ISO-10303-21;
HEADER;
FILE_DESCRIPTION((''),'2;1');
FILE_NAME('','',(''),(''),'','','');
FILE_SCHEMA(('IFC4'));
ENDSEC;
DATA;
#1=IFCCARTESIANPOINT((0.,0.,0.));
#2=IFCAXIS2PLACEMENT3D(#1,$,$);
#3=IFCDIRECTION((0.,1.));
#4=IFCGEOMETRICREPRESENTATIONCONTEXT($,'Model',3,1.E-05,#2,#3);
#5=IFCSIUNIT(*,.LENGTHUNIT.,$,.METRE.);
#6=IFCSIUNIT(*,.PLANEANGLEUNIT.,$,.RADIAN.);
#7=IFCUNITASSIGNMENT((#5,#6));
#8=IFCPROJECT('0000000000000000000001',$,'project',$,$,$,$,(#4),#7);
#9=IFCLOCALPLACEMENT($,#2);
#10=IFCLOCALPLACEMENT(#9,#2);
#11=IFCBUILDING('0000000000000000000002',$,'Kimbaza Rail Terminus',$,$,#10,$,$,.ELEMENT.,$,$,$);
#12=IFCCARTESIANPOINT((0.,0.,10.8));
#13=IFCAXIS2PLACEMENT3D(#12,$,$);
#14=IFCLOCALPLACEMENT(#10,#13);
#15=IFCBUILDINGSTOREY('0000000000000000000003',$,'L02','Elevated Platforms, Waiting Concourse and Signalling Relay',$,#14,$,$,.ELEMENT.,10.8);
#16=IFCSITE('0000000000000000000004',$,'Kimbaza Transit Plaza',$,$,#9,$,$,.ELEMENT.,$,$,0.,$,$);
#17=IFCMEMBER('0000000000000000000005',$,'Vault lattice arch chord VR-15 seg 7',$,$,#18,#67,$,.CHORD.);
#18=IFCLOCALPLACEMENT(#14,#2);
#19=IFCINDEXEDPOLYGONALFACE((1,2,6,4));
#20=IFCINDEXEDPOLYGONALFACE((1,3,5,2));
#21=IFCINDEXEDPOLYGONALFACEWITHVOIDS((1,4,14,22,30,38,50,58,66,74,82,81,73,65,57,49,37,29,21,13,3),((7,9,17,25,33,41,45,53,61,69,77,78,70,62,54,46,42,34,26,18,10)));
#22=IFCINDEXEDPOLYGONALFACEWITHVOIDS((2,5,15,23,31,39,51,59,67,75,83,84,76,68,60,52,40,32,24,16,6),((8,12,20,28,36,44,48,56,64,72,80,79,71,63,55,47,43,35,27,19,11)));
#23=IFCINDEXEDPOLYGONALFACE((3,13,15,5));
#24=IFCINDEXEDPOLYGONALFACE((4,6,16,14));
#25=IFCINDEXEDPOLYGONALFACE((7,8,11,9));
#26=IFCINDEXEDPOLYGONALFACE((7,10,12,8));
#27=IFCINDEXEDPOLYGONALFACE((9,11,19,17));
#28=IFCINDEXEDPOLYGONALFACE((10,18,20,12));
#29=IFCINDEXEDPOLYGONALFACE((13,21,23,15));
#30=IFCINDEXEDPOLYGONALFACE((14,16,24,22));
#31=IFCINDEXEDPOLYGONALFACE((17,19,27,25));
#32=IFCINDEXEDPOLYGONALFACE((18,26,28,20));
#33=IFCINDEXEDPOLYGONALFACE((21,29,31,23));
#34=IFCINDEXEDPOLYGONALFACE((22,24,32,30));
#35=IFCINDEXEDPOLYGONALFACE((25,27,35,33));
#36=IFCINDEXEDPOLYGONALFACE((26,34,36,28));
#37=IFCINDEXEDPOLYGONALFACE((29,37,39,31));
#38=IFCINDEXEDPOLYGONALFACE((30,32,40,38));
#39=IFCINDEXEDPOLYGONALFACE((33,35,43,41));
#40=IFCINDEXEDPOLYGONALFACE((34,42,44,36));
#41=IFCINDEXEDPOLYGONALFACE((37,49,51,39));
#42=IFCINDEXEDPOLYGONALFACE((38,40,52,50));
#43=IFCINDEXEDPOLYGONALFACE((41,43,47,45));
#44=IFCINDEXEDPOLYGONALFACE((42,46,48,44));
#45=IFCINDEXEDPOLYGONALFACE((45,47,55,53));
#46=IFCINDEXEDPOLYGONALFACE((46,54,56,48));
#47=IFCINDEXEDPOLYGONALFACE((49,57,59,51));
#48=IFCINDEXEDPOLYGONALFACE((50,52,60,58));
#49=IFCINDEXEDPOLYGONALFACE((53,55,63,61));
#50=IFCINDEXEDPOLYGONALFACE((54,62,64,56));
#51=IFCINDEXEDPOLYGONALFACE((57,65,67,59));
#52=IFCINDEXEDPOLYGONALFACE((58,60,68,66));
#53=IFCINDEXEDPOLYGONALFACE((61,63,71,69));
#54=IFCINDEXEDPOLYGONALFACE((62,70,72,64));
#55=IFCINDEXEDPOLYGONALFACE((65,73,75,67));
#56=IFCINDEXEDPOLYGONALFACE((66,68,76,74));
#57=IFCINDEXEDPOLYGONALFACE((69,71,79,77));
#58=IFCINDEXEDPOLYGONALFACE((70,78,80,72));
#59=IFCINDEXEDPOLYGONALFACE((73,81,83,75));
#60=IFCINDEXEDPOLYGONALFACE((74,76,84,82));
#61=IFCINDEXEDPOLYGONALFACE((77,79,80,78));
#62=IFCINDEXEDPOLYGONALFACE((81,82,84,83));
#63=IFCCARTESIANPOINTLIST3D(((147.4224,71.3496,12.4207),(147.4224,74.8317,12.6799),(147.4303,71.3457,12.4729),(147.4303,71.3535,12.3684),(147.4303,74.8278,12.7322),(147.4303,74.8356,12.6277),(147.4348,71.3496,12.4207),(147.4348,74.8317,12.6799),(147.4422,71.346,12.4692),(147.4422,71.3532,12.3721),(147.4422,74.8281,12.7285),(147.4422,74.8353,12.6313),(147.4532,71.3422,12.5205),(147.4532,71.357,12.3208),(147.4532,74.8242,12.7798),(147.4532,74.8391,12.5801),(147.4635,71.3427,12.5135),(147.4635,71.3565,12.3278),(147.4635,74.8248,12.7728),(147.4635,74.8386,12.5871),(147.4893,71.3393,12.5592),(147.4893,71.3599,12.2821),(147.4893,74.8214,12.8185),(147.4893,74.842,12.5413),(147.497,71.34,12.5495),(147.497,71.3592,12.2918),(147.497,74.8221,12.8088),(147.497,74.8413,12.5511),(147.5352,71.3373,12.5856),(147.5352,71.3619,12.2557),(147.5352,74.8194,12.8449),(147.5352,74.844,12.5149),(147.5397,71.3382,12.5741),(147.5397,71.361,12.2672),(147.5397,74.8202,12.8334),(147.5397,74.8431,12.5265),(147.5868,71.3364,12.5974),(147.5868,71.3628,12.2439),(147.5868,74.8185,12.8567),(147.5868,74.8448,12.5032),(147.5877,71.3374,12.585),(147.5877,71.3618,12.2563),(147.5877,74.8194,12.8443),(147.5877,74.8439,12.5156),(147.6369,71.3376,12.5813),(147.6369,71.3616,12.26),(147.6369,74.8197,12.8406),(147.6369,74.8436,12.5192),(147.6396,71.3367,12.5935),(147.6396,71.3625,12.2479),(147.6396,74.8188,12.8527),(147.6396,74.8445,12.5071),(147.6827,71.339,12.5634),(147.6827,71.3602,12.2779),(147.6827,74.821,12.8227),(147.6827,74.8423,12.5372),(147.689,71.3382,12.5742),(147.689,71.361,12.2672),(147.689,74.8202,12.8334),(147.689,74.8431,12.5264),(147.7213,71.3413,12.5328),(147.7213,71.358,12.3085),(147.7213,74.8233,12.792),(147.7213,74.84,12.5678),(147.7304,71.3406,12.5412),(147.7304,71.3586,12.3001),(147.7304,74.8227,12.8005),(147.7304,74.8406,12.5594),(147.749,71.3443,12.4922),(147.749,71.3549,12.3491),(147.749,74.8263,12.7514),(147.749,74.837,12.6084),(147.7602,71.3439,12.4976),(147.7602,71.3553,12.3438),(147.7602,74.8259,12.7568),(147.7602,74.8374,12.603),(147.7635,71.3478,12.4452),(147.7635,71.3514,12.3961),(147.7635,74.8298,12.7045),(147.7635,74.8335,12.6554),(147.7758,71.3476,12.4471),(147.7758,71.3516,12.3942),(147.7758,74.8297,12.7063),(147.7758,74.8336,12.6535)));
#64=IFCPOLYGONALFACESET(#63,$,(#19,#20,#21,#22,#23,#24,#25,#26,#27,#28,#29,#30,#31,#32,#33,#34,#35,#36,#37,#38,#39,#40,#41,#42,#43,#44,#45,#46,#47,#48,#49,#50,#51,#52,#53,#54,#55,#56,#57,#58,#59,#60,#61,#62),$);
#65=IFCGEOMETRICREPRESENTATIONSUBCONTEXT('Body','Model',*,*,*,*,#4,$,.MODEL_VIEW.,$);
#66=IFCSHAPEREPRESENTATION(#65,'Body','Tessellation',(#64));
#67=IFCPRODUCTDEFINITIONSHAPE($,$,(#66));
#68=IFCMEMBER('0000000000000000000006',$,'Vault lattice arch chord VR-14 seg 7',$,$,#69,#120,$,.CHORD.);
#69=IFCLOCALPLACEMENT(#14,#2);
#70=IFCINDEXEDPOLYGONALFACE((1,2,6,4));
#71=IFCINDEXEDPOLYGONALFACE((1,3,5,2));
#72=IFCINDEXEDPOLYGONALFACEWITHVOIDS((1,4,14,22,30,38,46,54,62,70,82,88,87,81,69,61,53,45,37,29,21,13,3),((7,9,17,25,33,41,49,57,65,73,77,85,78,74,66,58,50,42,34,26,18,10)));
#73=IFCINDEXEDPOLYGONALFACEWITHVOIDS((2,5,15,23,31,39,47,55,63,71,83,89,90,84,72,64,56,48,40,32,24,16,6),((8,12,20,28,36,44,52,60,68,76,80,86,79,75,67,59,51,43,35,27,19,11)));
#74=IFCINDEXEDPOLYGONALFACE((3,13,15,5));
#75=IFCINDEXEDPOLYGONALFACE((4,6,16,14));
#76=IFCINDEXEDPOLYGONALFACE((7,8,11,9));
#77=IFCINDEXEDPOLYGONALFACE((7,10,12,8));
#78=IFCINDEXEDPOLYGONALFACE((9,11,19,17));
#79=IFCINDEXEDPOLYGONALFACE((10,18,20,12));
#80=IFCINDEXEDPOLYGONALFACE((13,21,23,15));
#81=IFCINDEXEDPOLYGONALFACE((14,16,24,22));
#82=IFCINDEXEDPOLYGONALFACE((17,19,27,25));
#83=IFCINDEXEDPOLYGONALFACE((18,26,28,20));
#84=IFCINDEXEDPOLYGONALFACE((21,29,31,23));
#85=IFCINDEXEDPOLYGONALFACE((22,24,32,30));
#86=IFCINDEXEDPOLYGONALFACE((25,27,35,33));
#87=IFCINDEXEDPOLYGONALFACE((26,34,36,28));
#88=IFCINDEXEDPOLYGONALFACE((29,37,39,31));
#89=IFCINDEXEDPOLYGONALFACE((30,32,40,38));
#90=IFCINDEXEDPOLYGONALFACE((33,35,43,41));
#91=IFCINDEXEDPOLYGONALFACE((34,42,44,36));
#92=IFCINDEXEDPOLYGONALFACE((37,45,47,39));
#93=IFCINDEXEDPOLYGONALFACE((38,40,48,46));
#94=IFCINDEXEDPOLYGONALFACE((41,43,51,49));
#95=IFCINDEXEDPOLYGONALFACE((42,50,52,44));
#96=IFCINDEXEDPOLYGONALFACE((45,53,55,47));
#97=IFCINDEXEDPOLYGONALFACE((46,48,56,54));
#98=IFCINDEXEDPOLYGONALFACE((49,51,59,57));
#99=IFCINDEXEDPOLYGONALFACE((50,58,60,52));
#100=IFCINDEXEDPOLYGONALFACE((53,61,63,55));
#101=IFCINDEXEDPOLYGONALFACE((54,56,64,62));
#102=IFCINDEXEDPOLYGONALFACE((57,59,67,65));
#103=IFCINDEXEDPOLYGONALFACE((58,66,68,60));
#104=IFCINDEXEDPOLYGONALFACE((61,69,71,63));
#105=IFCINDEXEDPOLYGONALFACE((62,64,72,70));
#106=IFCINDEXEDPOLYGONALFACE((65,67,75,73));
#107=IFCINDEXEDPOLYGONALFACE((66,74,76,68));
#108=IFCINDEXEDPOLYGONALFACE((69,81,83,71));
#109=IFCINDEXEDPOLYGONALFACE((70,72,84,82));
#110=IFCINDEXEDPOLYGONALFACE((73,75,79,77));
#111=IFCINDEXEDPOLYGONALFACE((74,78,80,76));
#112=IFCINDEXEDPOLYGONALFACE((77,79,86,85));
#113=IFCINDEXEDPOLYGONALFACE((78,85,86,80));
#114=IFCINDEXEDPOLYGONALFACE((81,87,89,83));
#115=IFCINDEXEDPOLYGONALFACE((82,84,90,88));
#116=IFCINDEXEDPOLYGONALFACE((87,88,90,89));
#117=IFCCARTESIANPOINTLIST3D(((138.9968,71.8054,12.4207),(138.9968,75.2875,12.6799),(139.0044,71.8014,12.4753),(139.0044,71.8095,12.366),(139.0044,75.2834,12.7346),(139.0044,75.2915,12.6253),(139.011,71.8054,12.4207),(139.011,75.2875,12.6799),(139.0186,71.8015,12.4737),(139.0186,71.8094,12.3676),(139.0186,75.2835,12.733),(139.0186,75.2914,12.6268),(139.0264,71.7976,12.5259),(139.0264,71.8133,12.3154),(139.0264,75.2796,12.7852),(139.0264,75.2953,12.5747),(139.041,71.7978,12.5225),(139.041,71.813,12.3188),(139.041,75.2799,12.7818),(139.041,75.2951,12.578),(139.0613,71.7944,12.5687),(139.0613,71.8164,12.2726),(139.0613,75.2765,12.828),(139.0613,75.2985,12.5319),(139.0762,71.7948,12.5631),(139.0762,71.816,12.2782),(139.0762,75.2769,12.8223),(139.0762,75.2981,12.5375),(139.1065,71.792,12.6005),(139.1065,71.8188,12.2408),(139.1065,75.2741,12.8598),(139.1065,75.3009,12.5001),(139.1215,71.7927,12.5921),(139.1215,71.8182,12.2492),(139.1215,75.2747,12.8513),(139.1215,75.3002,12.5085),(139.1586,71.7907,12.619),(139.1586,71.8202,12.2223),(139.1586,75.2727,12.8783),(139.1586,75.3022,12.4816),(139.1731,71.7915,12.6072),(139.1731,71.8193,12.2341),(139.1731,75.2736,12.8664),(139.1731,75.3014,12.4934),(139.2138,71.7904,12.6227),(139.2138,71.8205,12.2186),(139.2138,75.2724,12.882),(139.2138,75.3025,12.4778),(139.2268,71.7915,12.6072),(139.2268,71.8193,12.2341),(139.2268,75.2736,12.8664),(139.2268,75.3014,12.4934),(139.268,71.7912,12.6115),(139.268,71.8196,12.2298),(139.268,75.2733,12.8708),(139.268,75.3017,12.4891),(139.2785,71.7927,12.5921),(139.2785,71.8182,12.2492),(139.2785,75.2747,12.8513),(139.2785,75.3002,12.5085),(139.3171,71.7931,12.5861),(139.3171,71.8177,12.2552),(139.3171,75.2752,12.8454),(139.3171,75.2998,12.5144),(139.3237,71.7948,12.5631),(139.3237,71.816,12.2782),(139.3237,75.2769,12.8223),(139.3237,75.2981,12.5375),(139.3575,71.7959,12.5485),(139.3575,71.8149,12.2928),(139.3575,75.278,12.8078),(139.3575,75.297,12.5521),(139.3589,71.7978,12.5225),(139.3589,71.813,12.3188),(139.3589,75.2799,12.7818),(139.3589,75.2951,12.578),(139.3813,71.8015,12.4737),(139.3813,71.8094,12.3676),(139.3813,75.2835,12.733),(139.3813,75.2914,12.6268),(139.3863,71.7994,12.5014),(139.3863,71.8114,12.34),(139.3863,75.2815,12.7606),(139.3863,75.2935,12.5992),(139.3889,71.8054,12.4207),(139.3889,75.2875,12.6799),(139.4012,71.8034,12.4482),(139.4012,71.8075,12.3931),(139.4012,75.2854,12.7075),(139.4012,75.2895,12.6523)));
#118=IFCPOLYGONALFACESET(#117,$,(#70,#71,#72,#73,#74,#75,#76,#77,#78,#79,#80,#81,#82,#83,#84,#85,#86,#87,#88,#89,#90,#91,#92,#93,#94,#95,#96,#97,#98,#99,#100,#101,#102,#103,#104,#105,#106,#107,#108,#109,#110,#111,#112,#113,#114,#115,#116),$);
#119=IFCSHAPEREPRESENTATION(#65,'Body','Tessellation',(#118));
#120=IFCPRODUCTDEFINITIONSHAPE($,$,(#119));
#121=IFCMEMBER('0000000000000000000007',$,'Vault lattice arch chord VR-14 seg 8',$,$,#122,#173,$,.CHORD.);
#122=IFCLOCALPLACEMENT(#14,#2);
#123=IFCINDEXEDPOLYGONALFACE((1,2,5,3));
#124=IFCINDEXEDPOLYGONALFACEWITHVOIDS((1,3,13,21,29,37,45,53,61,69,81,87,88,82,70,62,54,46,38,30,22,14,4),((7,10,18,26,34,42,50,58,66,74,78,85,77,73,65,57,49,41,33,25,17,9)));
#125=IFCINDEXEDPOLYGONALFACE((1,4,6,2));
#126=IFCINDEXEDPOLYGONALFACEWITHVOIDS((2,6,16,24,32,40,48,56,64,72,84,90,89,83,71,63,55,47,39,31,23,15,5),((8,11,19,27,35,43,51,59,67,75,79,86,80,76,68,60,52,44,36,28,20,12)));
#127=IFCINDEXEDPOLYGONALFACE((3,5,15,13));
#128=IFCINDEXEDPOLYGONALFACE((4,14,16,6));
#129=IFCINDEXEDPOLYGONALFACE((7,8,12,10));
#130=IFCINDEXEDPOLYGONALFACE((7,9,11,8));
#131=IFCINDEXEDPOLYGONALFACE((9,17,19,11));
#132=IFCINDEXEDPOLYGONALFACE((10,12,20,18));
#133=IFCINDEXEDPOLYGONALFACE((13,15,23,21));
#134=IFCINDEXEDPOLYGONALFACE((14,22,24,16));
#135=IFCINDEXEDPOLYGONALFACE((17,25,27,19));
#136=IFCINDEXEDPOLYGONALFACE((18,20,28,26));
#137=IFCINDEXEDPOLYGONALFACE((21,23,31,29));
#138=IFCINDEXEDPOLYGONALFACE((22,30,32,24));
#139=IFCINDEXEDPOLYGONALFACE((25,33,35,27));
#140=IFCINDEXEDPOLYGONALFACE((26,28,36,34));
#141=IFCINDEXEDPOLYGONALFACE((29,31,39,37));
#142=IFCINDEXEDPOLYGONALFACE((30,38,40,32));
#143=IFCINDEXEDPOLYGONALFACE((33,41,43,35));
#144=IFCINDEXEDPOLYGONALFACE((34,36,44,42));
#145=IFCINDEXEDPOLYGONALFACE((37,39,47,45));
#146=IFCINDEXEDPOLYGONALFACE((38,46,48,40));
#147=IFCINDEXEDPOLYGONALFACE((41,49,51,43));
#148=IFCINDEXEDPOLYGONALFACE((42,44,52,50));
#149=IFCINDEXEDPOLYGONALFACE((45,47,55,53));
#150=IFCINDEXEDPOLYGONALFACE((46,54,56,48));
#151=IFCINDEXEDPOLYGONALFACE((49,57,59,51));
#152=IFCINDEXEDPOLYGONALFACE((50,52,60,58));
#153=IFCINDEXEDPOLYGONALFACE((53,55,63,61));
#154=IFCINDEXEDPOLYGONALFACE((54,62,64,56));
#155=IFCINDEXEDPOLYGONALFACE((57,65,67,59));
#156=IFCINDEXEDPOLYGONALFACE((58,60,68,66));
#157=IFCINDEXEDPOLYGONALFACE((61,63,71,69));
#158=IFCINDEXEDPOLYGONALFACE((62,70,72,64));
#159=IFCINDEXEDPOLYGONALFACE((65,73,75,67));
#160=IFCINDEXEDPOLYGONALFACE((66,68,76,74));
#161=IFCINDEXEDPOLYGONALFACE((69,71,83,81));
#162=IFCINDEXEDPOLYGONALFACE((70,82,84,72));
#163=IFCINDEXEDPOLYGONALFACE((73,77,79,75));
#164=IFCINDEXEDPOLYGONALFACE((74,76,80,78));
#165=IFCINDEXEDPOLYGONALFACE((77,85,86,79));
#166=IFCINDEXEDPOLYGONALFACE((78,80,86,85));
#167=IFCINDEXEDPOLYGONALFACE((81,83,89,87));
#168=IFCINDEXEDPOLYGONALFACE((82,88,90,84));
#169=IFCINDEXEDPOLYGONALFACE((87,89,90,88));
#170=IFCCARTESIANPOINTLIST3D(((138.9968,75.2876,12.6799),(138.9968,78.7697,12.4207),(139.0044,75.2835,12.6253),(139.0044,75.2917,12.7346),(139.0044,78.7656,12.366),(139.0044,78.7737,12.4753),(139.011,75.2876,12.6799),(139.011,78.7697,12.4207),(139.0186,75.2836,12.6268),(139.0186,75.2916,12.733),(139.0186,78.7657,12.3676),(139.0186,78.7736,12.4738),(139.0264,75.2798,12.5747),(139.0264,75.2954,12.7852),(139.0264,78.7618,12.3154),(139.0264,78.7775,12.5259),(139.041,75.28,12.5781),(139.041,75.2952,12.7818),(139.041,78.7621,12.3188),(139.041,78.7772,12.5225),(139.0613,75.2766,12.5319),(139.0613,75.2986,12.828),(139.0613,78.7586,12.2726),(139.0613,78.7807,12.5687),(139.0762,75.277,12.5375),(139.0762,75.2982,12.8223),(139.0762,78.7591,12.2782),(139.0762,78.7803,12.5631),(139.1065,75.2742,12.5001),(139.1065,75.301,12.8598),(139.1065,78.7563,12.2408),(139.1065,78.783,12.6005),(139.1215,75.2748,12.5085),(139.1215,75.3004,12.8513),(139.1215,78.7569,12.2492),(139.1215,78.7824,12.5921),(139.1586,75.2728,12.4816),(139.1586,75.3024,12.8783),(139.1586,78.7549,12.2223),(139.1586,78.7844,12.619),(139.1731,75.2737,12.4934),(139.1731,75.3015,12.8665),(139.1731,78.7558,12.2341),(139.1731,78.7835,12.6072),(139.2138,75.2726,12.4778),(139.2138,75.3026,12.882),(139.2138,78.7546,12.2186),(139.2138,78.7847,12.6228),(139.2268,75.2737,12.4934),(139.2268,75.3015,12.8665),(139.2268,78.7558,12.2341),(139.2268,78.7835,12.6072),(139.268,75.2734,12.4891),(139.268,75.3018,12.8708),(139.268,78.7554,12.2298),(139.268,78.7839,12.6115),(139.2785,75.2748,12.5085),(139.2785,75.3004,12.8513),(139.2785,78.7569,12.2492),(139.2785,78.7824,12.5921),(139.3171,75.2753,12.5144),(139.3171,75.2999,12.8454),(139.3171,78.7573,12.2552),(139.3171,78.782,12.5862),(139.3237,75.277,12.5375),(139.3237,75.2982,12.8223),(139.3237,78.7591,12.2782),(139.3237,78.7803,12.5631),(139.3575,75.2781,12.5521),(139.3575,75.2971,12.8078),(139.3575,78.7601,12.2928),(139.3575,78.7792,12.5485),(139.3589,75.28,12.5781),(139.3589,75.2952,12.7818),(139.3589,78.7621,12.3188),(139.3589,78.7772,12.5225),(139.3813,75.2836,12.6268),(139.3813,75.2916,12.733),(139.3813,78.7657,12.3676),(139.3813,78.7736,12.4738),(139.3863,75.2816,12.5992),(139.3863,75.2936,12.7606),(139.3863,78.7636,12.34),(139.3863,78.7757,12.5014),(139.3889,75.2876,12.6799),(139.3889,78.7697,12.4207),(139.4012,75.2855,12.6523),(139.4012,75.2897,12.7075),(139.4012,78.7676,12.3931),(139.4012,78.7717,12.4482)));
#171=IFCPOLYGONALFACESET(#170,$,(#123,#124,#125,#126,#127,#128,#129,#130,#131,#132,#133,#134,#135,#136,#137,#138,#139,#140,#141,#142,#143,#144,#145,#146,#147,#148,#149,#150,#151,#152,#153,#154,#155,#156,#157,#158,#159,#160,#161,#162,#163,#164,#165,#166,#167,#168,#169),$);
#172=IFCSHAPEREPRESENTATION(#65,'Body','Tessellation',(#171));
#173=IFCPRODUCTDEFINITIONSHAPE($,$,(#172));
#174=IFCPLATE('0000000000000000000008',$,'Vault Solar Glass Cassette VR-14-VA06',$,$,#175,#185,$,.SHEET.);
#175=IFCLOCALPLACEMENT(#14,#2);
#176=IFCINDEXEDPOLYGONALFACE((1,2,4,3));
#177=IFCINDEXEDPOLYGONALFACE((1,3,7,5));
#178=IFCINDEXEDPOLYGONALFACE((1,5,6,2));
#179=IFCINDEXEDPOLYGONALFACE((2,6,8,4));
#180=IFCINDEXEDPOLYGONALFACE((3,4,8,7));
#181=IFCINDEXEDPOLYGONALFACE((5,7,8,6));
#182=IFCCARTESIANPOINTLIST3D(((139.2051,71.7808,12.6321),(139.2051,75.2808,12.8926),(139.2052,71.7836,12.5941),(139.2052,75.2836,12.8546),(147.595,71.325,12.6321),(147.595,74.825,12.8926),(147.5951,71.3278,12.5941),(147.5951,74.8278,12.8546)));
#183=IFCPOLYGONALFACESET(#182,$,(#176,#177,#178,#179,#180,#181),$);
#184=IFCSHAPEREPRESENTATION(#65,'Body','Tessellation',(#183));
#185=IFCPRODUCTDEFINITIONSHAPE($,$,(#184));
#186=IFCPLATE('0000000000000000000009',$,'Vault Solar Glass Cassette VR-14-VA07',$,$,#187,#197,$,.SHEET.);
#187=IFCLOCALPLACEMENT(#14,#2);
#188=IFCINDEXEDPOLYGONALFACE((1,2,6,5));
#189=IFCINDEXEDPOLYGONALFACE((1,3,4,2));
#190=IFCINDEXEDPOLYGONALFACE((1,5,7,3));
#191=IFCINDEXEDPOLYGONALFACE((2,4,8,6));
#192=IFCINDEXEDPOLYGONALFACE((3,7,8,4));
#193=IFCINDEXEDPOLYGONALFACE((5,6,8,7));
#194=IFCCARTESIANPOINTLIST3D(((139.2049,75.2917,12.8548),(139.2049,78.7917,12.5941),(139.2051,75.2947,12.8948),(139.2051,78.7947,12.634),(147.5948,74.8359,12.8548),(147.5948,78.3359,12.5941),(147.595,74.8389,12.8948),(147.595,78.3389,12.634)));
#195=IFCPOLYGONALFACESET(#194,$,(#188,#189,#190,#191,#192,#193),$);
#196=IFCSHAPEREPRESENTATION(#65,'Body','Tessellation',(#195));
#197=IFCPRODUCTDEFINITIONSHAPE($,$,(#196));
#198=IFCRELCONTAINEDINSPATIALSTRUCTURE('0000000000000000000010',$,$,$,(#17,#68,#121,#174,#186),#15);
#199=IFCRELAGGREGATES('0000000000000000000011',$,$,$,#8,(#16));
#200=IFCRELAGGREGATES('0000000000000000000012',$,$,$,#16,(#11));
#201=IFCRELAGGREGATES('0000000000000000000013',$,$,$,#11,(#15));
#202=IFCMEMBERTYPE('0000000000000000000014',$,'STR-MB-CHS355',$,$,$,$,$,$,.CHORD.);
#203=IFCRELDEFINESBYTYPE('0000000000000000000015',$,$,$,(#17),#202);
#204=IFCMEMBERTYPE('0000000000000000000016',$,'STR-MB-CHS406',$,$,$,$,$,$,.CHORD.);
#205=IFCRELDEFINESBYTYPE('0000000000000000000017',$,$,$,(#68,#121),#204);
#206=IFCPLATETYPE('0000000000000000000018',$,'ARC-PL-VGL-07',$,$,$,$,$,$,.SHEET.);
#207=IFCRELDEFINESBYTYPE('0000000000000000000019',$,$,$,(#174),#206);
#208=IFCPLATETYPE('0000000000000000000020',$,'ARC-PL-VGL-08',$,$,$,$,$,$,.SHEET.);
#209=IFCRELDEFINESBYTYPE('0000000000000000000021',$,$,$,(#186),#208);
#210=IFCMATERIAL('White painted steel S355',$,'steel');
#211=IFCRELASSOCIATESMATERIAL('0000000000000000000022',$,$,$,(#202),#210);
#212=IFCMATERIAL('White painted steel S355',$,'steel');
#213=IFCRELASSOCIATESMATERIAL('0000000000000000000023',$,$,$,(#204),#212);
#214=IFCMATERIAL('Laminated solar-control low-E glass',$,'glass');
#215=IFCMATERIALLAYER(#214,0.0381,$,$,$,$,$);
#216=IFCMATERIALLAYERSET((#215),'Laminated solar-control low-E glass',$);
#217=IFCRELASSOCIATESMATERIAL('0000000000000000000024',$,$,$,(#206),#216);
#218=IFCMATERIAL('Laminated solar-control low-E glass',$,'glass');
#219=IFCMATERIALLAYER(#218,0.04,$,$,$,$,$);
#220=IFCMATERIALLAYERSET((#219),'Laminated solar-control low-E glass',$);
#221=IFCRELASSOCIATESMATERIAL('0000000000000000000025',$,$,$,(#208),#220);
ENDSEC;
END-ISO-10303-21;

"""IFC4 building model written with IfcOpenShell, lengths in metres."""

from ifc_helpers import new_model, si_unit, direction, frame, origin, origin_2d, place, context, subcontext, project, spatial, polyline, hollow_circle, outline, extrude, material, layer, layer_set, material_profile, profile_set, type_object, element, save


model = new_model("IFC4")

# Units and contexts
model_context = context("Model", 3, precision=1e-05, world=origin(), true_north=direction((0.0, 1.0)))
body_context = subcontext(model_context, "Body", "Model", "MODEL_VIEW")
ifc_project = project(units=[si_unit("LENGTHUNIT", "METRE"), si_unit("PLANEANGLEUNIT", "RADIAN")], contexts=[model_context])

# Site, building, storey
site_placement = place(None, origin())
site = spatial("IfcSite", under=ifc_project, at=site_placement, Name="Kimbaza Transit Plaza", CompositionType="ELEMENT", RefElevation=0.0)
building_placement = place(site_placement, origin())
building = spatial("IfcBuilding", under=site, at=building_placement, Name="Kimbaza Rail Terminus", CompositionType="ELEMENT")
storey_placement = place(building_placement, frame((0.0, 0.0, 10.8)))
storey = spatial("IfcBuildingStorey", under=building, at=storey_placement, Name="L02", Description="Elevated Platforms, Waiting Concourse and Signalling Relay", CompositionType="ELEMENT", Elevation=10.8)

# Members
ifc_material_1 = material(Name="White painted steel S355", Category="steel")
ifc_material_profile_1 = material_profile(ifc_material_1, hollow_circle(Radius=0.1777, WallThickness=0.0125, at=origin_2d()), Name="CHS 355.6x12.5")
ifc_profile_set_1 = profile_set([ifc_material_profile_1], Name="White painted steel S355")
member_type_1 = type_object("IfcMemberType", Name="STR-MB-CHS355", PredefinedType="CHORD", material=ifc_profile_set_1)
member_1_placement = place(storey_placement, frame((147.6001, 71.3496, 12.4207), z_axis=(0.0, 0.997239, 0.074253), x_axis=(-1.0, 0.0, 0.0)))
element("IfcMember", 1, at=member_1_placement, inside=storey, type_object=member_type_1, Name="Vault lattice arch chord VR-15 seg 7", PredefinedType="CHORD", context=body_context, shape_type="SweptSolid", body=[
    extrude(hollow_circle(Radius=0.1777, WallThickness=0.0125, at=origin_2d()), origin(), (0.0, 0.0, 1.0), 3.4917),
])
ifc_material_2 = material(Name="White painted steel S355", Category="steel")
ifc_material_profile_2 = material_profile(ifc_material_2, hollow_circle(Radius=0.2031, WallThickness=0.0142, at=origin_2d()), Name="CHS 406.4x14.2")
ifc_profile_set_2 = profile_set([ifc_material_profile_2], Name="White painted steel S355")
member_type_2 = type_object("IfcMemberType", Name="STR-MB-CHS406", PredefinedType="CHORD", material=ifc_profile_set_2)
for number, where, z_axis, x_axis, name in (
    (2, (139.2, 71.8054, 12.4207), (0.0, 0.997239, 0.074253), (-1.0, 0.0, 0.0), "Vault lattice arch chord VR-14 seg 7"),
    (3, (139.2, 75.2876, 12.6799), (0.0, 0.997239, -0.074253), (-1.0, 0.0, 0.0), "Vault lattice arch chord VR-14 seg 8"),
):
    element("IfcMember", number, at=place(storey_placement, frame(where, z_axis=z_axis, x_axis=x_axis)), inside=storey, type_object=member_type_2, Name=name, PredefinedType="CHORD", context=body_context, shape_type="SweptSolid", body=[
        extrude(hollow_circle(Radius=0.2031, WallThickness=0.0142, at=origin_2d()), origin(), (0.0, 0.0, 1.0), 3.4917),
    ])

# Plates
ifc_material_3 = material(Name="Laminated solar-control low-E glass", Category="glass")
ifc_layer_1 = layer(ifc_material_3, 0.0381)
ifc_layer_set_1 = layer_set([ifc_layer_1], Name="Laminated solar-control low-E glass")
plate_type_1 = type_object("IfcPlateType", Name="ARC-PL-VGL-07", PredefinedType="SHEET", material=ifc_layer_set_1)
plate_1_placement = place(storey_placement, frame((139.2051, 71.7808, 12.6321), z_axis=(-0.004032, -0.074222, 0.997234), x_axis=(0.998527, -0.054249, 0.0)))
element("IfcPlate", 4, at=plate_1_placement, inside=storey, type_object=plate_type_1, Name="Vault Solar Glass Cassette VR-14-VA06", PredefinedType="SHEET", context=body_context, shape_type="SweptSolid", body=[
    extrude(outline(polyline([(0.0, 0.0), (8.4023, 0.0), (8.2124, 3.5045), (-0.1899, 3.5045), (0.0, 0.0)])), origin(), (0.0, 0.0, -1.0), 0.0381),
])
ifc_material_4 = material(Name="Laminated solar-control low-E glass", Category="glass")
ifc_layer_2 = layer(ifc_material_4, 0.04)
ifc_layer_set_2 = layer_set([ifc_layer_2], Name="Laminated solar-control low-E glass")
plate_type_2 = type_object("IfcPlateType", Name="ARC-PL-VGL-08", PredefinedType="SHEET", material=ifc_layer_set_2)
plate_2_placement = place(storey_placement, frame((139.2051, 75.2947, 12.8948), z_axis=(0.004036, 0.074291, 0.997228), x_axis=(0.998527, -0.054249, 0.0)))
element("IfcPlate", 5, at=plate_2_placement, inside=storey, type_object=plate_type_2, Name="Vault Solar Glass Cassette VR-14-VA07", PredefinedType="SHEET", context=body_context, shape_type="SweptSolid", body=[
    extrude(outline(polyline([(0.0, 0.0), (8.4023, 0.0), (8.2124, 3.5046), (-0.1899, 3.5046), (0.0, 0.0)])), origin(), (0.0, 0.0, -1.0), 0.04),
])

save(model, "model.ifc")
